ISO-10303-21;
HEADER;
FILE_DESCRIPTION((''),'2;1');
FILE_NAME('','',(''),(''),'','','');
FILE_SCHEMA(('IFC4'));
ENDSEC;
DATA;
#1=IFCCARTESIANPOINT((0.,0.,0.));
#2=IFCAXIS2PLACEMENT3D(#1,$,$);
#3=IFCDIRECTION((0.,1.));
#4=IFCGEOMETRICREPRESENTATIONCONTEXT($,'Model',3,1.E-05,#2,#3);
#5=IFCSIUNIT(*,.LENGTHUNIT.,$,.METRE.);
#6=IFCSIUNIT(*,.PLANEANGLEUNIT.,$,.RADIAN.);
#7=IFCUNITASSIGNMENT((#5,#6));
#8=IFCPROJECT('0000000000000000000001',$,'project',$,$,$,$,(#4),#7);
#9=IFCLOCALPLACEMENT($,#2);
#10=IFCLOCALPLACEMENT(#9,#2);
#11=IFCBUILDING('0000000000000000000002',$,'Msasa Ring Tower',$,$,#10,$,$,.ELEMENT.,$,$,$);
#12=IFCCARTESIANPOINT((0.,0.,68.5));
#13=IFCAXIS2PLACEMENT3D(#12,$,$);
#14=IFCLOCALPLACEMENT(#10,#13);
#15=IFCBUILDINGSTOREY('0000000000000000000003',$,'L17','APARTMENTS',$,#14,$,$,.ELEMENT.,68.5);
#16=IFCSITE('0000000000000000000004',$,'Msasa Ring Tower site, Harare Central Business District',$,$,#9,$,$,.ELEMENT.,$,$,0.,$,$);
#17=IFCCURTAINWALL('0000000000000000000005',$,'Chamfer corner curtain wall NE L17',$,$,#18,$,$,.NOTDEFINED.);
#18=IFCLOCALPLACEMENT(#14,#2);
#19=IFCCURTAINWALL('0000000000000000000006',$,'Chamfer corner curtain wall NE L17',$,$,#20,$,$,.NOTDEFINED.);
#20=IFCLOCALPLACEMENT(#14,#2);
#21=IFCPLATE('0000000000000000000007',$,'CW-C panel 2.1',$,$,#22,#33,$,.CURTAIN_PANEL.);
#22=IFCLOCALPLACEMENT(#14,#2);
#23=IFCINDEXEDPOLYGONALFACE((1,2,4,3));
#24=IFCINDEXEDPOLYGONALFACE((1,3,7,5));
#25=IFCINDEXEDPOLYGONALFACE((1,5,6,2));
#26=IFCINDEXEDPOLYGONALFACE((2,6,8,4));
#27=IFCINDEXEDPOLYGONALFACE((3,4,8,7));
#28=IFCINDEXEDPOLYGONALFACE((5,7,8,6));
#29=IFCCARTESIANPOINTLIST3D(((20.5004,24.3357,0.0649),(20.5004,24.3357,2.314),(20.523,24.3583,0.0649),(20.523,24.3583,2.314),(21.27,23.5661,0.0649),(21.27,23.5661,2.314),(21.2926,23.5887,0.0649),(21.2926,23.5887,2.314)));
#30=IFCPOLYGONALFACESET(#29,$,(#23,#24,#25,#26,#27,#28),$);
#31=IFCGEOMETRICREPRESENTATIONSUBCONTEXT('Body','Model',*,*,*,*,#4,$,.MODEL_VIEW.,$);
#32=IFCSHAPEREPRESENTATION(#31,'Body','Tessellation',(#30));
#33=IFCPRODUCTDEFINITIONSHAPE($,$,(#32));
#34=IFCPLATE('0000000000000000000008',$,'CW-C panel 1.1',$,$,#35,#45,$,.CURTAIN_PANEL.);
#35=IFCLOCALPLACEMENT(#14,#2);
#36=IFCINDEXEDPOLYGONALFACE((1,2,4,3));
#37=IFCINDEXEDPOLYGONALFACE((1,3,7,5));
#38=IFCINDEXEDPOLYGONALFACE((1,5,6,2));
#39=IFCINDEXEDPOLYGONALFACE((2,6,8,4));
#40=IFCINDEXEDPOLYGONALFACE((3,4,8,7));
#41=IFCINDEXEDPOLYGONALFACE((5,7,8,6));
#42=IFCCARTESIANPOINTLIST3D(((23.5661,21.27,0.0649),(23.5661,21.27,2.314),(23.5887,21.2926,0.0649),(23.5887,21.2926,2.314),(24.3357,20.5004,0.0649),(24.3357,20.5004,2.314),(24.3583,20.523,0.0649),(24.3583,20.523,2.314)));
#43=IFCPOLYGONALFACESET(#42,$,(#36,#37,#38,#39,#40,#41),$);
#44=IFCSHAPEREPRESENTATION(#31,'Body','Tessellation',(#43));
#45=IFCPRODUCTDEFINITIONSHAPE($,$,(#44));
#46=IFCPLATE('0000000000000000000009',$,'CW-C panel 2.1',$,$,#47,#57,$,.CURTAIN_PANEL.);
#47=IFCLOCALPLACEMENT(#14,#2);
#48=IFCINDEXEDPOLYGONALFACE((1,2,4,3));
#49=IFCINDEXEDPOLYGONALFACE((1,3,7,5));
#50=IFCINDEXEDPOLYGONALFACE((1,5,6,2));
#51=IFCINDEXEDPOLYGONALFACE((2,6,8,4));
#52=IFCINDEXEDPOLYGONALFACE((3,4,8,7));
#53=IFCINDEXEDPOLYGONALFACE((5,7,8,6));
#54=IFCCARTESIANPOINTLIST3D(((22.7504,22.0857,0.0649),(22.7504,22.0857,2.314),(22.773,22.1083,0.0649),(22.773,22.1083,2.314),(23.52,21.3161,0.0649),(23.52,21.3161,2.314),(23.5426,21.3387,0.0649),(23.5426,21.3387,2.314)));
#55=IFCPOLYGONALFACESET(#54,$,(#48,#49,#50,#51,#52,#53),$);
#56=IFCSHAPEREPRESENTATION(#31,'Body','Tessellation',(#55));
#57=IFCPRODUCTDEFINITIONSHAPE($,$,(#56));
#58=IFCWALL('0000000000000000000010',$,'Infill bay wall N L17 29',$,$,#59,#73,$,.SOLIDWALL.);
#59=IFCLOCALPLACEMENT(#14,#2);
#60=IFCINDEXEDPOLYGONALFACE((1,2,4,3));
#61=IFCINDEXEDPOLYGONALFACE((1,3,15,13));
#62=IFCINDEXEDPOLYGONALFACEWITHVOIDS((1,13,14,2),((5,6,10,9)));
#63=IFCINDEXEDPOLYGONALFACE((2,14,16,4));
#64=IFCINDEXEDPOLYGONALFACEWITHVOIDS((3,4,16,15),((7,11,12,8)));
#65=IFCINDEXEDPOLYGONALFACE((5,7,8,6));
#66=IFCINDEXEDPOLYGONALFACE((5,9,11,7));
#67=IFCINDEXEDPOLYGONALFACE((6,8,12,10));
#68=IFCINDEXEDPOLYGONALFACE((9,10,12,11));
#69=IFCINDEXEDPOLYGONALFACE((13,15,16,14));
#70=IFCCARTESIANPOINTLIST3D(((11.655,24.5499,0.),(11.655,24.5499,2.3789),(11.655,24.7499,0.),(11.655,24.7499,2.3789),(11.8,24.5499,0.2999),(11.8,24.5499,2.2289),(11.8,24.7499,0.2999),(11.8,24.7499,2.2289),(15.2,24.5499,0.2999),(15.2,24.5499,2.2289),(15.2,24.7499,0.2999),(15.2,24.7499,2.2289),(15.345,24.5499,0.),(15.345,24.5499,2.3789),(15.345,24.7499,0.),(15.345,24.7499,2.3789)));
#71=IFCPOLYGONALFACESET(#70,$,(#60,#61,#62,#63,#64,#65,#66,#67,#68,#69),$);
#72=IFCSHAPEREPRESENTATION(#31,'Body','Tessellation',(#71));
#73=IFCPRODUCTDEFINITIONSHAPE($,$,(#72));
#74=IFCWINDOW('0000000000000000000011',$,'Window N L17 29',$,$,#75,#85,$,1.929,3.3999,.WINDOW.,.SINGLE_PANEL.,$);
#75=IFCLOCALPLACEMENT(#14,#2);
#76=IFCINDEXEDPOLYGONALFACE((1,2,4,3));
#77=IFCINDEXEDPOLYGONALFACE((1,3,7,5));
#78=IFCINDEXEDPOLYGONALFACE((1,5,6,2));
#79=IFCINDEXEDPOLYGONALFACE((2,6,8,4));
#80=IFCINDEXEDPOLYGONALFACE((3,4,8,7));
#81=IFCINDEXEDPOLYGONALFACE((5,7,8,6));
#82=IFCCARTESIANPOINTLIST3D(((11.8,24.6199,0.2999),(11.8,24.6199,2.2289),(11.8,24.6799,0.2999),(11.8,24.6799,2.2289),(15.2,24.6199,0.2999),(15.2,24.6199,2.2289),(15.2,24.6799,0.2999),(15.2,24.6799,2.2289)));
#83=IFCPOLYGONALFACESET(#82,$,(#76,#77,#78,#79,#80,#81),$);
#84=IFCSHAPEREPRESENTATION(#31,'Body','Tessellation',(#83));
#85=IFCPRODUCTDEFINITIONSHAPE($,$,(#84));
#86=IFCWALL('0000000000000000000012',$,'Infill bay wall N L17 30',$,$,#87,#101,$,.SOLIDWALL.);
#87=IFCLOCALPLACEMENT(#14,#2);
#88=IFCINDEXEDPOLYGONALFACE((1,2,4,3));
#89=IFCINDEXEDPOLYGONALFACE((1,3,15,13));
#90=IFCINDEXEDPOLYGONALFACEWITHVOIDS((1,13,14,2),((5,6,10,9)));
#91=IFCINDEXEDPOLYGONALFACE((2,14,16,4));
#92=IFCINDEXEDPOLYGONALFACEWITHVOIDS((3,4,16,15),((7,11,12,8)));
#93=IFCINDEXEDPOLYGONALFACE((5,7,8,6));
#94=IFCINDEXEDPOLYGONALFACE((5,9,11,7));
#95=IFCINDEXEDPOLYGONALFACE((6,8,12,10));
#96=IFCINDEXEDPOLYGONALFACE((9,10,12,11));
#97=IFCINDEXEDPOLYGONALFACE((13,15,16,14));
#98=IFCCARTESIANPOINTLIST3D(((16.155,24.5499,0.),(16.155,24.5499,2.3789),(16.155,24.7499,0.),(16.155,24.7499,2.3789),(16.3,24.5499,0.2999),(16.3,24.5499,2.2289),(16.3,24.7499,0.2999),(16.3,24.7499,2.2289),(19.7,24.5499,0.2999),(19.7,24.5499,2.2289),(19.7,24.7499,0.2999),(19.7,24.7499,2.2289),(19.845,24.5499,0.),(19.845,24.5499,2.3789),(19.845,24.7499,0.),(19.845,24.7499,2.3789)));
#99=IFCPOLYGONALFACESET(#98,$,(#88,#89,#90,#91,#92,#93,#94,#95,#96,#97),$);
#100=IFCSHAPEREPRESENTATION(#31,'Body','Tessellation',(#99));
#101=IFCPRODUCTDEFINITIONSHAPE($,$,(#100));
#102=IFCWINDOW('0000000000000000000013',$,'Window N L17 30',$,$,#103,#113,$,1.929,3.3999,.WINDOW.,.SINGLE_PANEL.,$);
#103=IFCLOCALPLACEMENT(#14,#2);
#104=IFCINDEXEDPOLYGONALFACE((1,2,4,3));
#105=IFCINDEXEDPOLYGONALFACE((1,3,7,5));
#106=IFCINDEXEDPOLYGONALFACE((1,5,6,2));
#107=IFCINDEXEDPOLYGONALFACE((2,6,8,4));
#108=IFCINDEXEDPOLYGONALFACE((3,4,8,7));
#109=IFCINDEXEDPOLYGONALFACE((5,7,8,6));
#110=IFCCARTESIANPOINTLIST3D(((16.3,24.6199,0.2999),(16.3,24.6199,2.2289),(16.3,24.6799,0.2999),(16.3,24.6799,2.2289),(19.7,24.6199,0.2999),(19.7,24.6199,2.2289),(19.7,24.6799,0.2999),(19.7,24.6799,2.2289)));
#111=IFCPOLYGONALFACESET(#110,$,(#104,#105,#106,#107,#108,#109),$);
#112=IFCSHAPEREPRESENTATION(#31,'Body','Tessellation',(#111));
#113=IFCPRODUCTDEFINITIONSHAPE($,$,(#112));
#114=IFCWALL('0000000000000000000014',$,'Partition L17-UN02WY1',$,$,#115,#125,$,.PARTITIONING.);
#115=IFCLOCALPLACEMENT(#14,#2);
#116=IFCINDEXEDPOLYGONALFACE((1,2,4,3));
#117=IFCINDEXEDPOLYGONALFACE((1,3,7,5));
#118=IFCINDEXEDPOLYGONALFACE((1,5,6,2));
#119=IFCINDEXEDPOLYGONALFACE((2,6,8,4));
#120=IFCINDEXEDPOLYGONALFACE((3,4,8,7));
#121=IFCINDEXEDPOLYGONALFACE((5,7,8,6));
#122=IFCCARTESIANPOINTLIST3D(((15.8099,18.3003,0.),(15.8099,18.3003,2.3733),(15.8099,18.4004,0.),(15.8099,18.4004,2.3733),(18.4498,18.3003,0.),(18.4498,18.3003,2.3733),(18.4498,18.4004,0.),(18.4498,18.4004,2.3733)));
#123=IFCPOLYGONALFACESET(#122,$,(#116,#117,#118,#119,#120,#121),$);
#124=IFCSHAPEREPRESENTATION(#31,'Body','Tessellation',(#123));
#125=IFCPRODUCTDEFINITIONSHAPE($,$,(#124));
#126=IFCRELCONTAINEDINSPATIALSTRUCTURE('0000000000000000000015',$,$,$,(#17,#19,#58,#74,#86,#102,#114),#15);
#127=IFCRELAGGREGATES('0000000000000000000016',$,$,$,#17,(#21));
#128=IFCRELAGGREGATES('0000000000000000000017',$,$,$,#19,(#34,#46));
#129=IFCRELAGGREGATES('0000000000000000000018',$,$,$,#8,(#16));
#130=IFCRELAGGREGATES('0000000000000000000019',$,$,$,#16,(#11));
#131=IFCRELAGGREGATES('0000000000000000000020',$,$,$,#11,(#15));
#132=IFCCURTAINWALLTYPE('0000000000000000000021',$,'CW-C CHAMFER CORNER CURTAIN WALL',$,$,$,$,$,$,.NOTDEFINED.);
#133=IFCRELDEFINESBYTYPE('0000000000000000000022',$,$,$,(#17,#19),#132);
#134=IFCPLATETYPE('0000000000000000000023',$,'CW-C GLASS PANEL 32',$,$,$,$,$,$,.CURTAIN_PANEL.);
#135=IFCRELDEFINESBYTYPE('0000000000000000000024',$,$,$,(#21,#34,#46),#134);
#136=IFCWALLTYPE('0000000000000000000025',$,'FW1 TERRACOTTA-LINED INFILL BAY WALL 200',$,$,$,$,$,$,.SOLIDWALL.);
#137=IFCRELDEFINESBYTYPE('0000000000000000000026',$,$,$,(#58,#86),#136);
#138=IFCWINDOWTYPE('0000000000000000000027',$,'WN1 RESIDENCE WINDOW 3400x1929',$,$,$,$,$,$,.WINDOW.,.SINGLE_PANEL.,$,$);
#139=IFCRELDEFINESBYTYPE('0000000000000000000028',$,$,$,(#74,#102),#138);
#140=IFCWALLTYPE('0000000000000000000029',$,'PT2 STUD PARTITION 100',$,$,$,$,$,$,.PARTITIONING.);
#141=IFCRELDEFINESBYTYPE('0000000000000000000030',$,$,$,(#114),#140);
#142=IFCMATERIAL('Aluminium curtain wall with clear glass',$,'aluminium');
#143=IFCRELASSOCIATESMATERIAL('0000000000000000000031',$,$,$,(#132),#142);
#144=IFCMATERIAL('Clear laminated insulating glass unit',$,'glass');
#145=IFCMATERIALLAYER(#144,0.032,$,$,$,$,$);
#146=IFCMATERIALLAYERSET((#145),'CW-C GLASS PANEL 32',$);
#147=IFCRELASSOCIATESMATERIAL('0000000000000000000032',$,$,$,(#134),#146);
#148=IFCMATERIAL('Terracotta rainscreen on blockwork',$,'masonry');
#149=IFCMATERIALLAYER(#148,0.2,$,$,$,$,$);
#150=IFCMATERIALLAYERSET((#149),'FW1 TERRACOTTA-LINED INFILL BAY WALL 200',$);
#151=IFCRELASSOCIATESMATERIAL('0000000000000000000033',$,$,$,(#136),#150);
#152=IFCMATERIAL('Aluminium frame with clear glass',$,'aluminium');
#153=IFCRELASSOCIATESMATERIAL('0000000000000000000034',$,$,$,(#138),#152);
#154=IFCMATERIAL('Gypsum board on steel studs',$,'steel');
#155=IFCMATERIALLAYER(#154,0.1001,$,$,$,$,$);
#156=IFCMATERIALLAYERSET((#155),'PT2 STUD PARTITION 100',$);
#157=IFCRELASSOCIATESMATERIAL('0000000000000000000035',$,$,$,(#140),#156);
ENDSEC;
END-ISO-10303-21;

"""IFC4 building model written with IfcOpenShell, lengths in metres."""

from ifc_helpers import new_model, si_unit, direction, frame, frame_2d, origin, origin_2d, place, context, subcontext, project, spatial, rectangle, extrude, material, layer, layer_set, type_object, element, fill, aggregate, save


model = new_model("IFC4")

# Units and contexts
model_context = context("Model", 3, precision=1e-05, world=origin(), true_north=direction((0.0, 1.0)))
body_context = subcontext(model_context, "Body", "Model", "MODEL_VIEW")
ifc_project = project(units=[si_unit("LENGTHUNIT", "METRE"), si_unit("PLANEANGLEUNIT", "RADIAN")], contexts=[model_context])

# Site, building, storey
site_placement = place(None, origin())
site = spatial("IfcSite", under=ifc_project, at=site_placement, Name="Msasa Ring Tower site, Harare Central Business District", CompositionType="ELEMENT", RefElevation=0.0)
building_placement = place(site_placement, origin())
building = spatial("IfcBuilding", under=site, at=building_placement, Name="Msasa Ring Tower", CompositionType="ELEMENT")
storey_placement = place(building_placement, frame((0.0, 0.0, 68.5)))
storey = spatial("IfcBuildingStorey", under=building, at=storey_placement, Name="L17", Description="APARTMENTS", CompositionType="ELEMENT", Elevation=68.5)

# Curtain walls
ifc_material_1 = material(Name="Aluminium curtain wall with clear glass", Category="aluminium")
curtain_wall_type = type_object("IfcCurtainWallType", Name="CW-C CHAMFER CORNER CURTAIN WALL", PredefinedType="NOTDEFINED", material=ifc_material_1)
curtain_wall_1_placement = place(storey_placement, origin())
curtain_wall_1 = element("IfcCurtainWall", 1, at=curtain_wall_1_placement, inside=storey, type_object=curtain_wall_type, Name="Chamfer corner curtain wall NE L17", PredefinedType="NOTDEFINED")
curtain_wall_2_placement = place(storey_placement, origin())
curtain_wall_2 = element("IfcCurtainWall", 2, at=curtain_wall_2_placement, inside=storey, type_object=curtain_wall_type, Name="Chamfer corner curtain wall NE L17", PredefinedType="NOTDEFINED")

# Plates
ifc_material_2 = material(Name="Clear laminated insulating glass unit", Category="glass")
ifc_layer_1 = layer(ifc_material_2, 0.032)
ifc_layer_set_1 = layer_set([ifc_layer_1], Name="CW-C GLASS PANEL 32")
plate_type = type_object("IfcPlateType", Name="CW-C GLASS PANEL 32", PredefinedType="CURTAIN_PANEL", material=ifc_layer_set_1)
plate_1_placement = place(storey_placement, frame((20.8965, 23.9622, 0.0649), z_axis=(0.0, 0.0, 1.0), x_axis=(-0.707107, 0.707107, 0.0)))
plate_1 = element("IfcPlate", 3, at=plate_1_placement, type_object=plate_type, Name="CW-C panel 2.1", PredefinedType="CURTAIN_PANEL", context=body_context, shape_type="SweptSolid", body=[
    extrude(rectangle(XDim=1.0884, YDim=0.032, at=origin_2d()), origin(), (0.0, 0.0, 1.0), 2.249),
])
aggregate(curtain_wall_1, [plate_1])
plate_2_placement = place(storey_placement, frame((23.9622, 20.8965, 0.0649), z_axis=(0.0, 0.0, 1.0), x_axis=(-0.707107, 0.707107, 0.0)))
plate_2 = element("IfcPlate", 4, at=plate_2_placement, type_object=plate_type, Name="CW-C panel 1.1", PredefinedType="CURTAIN_PANEL", context=body_context, shape_type="SweptSolid", body=[
    extrude(rectangle(XDim=1.0884, YDim=0.032, at=origin_2d()), origin(), (0.0, 0.0, 1.0), 2.249),
])
plate_3_placement = place(storey_placement, frame((23.1465, 21.7122, 0.0649), z_axis=(0.0, 0.0, 1.0), x_axis=(-0.707107, 0.707107, 0.0)))
plate_3 = element("IfcPlate", 5, at=plate_3_placement, type_object=plate_type, Name="CW-C panel 2.1", PredefinedType="CURTAIN_PANEL", context=body_context, shape_type="SweptSolid", body=[
    extrude(rectangle(XDim=1.0884, YDim=0.032, at=origin_2d()), origin(), (0.0, 0.0, 1.0), 2.249),
])
aggregate(curtain_wall_2, [plate_2, plate_3])

# Walls, openings, windows
ifc_material_3 = material(Name="Terracotta rainscreen on blockwork", Category="masonry")
ifc_layer_2 = layer(ifc_material_3, 0.2)
ifc_layer_set_2 = layer_set([ifc_layer_2], Name="FW1 TERRACOTTA-LINED INFILL BAY WALL 200")
wall_type_1 = type_object("IfcWallType", Name="FW1 TERRACOTTA-LINED INFILL BAY WALL 200", PredefinedType="SOLIDWALL", material=ifc_layer_set_2)
wall_1_placement = place(storey_placement, frame((11.655, 24.6499, 0.0), z_axis=(0.0, 0.0, 1.0), x_axis=(1.0, 0.0, 0.0)))
wall_1 = element("IfcWall", 6, at=wall_1_placement, inside=storey, type_object=wall_type_1, Name="Infill bay wall N L17 29", PredefinedType="SOLIDWALL", context=body_context, shape_type="SweptSolid", body=[
    extrude(rectangle(XDim=3.6899, YDim=0.2, at=frame_2d((1.845, 0.0))), origin(), (0.0, 0.0, 1.0), 2.3789),
])
opening_1_placement = place(wall_1_placement, frame((0.145, 0.0, 0.3)))
opening_1 = element("IfcOpeningElement", 7, at=opening_1_placement, cuts=wall_1, PredefinedType="OPENING", context=body_context, shape_type="SweptSolid", body=[
    extrude(rectangle(XDim=3.3999, YDim=1.929, at=frame_2d((1.7, 0.9644))), frame((0.0, 0.1099, 0.0), z_axis=(0.0, -1.0, 0.0), x_axis=(1.0, 0.0, 0.0)), (0.0, 0.0, 1.0), 0.22),
])
ifc_material_4 = material(Name="Aluminium frame with clear glass", Category="aluminium")
window_type = type_object("IfcWindowType", Name="WN1 RESIDENCE WINDOW 3400x1929", PartitioningType="SINGLE_PANEL", PredefinedType="WINDOW", material=ifc_material_4)
window_1_placement = place(opening_1_placement, origin())
window_1 = element("IfcWindow", 8, at=window_1_placement, inside=storey, type_object=window_type, Name="Window N L17 29", OverallHeight=1.929, OverallWidth=3.3999, PartitioningType="SINGLE_PANEL", PredefinedType="WINDOW", context=body_context, shape_type="SweptSolid", body=[
    extrude(rectangle(XDim=3.3999, YDim=1.929, at=frame_2d((1.7, 0.9644))), frame((0.0, 0.03, 0.0), z_axis=(0.0, -1.0, 0.0), x_axis=(1.0, 0.0, 0.0)), (0.0, 0.0, 1.0), 0.0601),
])
fill(opening_1, window_1)
wall_2_placement = place(storey_placement, frame((16.155, 24.6499, 0.0), z_axis=(0.0, 0.0, 1.0), x_axis=(1.0, 0.0, 0.0)))
wall_2 = element("IfcWall", 9, at=wall_2_placement, inside=storey, type_object=wall_type_1, Name="Infill bay wall N L17 30", PredefinedType="SOLIDWALL", context=body_context, shape_type="SweptSolid", body=[
    extrude(rectangle(XDim=3.6899, YDim=0.2, at=frame_2d((1.845, 0.0))), origin(), (0.0, 0.0, 1.0), 2.3789),
])
opening_2_placement = place(wall_2_placement, frame((0.145, 0.0, 0.3)))
opening_2 = element("IfcOpeningElement", 10, at=opening_2_placement, cuts=wall_2, PredefinedType="OPENING", context=body_context, shape_type="SweptSolid", body=[
    extrude(rectangle(XDim=3.3999, YDim=1.929, at=frame_2d((1.7, 0.9644))), frame((0.0, 0.1099, 0.0), z_axis=(0.0, -1.0, 0.0), x_axis=(1.0, 0.0, 0.0)), (0.0, 0.0, 1.0), 0.22),
])
window_2_placement = place(opening_2_placement, origin())
window_2 = element("IfcWindow", 11, at=window_2_placement, inside=storey, type_object=window_type, Name="Window N L17 30", OverallHeight=1.929, OverallWidth=3.3999, PartitioningType="SINGLE_PANEL", PredefinedType="WINDOW", context=body_context, shape_type="SweptSolid", body=[
    extrude(rectangle(XDim=3.3999, YDim=1.929, at=frame_2d((1.7, 0.9644))), frame((0.0, 0.03, 0.0), z_axis=(0.0, -1.0, 0.0), x_axis=(1.0, 0.0, 0.0)), (0.0, 0.0, 1.0), 0.0601),
])
fill(opening_2, window_2)

# Wall
ifc_material_5 = material(Name="Gypsum board on steel studs", Category="steel")
ifc_layer_3 = layer(ifc_material_5, 0.1001)
ifc_layer_set_3 = layer_set([ifc_layer_3], Name="PT2 STUD PARTITION 100")
wall_type_2 = type_object("IfcWallType", Name="PT2 STUD PARTITION 100", PredefinedType="PARTITIONING", material=ifc_layer_set_3)
wall_3_placement = place(storey_placement, frame((15.8101, 18.3503, 0.0), z_axis=(0.0, 0.0, 1.0), x_axis=(1.0, 0.0, 0.0)))
element("IfcWall", 12, at=wall_3_placement, inside=storey, type_object=wall_type_2, Name="Partition L17-UN02WY1", PredefinedType="PARTITIONING", context=body_context, shape_type="SweptSolid", body=[
    extrude(rectangle(XDim=2.6399, YDim=0.1001, at=frame_2d((1.3198, 0.0))), origin(), (0.0, 0.0, 1.0), 2.3733),
])

save(model, "model.ifc")
